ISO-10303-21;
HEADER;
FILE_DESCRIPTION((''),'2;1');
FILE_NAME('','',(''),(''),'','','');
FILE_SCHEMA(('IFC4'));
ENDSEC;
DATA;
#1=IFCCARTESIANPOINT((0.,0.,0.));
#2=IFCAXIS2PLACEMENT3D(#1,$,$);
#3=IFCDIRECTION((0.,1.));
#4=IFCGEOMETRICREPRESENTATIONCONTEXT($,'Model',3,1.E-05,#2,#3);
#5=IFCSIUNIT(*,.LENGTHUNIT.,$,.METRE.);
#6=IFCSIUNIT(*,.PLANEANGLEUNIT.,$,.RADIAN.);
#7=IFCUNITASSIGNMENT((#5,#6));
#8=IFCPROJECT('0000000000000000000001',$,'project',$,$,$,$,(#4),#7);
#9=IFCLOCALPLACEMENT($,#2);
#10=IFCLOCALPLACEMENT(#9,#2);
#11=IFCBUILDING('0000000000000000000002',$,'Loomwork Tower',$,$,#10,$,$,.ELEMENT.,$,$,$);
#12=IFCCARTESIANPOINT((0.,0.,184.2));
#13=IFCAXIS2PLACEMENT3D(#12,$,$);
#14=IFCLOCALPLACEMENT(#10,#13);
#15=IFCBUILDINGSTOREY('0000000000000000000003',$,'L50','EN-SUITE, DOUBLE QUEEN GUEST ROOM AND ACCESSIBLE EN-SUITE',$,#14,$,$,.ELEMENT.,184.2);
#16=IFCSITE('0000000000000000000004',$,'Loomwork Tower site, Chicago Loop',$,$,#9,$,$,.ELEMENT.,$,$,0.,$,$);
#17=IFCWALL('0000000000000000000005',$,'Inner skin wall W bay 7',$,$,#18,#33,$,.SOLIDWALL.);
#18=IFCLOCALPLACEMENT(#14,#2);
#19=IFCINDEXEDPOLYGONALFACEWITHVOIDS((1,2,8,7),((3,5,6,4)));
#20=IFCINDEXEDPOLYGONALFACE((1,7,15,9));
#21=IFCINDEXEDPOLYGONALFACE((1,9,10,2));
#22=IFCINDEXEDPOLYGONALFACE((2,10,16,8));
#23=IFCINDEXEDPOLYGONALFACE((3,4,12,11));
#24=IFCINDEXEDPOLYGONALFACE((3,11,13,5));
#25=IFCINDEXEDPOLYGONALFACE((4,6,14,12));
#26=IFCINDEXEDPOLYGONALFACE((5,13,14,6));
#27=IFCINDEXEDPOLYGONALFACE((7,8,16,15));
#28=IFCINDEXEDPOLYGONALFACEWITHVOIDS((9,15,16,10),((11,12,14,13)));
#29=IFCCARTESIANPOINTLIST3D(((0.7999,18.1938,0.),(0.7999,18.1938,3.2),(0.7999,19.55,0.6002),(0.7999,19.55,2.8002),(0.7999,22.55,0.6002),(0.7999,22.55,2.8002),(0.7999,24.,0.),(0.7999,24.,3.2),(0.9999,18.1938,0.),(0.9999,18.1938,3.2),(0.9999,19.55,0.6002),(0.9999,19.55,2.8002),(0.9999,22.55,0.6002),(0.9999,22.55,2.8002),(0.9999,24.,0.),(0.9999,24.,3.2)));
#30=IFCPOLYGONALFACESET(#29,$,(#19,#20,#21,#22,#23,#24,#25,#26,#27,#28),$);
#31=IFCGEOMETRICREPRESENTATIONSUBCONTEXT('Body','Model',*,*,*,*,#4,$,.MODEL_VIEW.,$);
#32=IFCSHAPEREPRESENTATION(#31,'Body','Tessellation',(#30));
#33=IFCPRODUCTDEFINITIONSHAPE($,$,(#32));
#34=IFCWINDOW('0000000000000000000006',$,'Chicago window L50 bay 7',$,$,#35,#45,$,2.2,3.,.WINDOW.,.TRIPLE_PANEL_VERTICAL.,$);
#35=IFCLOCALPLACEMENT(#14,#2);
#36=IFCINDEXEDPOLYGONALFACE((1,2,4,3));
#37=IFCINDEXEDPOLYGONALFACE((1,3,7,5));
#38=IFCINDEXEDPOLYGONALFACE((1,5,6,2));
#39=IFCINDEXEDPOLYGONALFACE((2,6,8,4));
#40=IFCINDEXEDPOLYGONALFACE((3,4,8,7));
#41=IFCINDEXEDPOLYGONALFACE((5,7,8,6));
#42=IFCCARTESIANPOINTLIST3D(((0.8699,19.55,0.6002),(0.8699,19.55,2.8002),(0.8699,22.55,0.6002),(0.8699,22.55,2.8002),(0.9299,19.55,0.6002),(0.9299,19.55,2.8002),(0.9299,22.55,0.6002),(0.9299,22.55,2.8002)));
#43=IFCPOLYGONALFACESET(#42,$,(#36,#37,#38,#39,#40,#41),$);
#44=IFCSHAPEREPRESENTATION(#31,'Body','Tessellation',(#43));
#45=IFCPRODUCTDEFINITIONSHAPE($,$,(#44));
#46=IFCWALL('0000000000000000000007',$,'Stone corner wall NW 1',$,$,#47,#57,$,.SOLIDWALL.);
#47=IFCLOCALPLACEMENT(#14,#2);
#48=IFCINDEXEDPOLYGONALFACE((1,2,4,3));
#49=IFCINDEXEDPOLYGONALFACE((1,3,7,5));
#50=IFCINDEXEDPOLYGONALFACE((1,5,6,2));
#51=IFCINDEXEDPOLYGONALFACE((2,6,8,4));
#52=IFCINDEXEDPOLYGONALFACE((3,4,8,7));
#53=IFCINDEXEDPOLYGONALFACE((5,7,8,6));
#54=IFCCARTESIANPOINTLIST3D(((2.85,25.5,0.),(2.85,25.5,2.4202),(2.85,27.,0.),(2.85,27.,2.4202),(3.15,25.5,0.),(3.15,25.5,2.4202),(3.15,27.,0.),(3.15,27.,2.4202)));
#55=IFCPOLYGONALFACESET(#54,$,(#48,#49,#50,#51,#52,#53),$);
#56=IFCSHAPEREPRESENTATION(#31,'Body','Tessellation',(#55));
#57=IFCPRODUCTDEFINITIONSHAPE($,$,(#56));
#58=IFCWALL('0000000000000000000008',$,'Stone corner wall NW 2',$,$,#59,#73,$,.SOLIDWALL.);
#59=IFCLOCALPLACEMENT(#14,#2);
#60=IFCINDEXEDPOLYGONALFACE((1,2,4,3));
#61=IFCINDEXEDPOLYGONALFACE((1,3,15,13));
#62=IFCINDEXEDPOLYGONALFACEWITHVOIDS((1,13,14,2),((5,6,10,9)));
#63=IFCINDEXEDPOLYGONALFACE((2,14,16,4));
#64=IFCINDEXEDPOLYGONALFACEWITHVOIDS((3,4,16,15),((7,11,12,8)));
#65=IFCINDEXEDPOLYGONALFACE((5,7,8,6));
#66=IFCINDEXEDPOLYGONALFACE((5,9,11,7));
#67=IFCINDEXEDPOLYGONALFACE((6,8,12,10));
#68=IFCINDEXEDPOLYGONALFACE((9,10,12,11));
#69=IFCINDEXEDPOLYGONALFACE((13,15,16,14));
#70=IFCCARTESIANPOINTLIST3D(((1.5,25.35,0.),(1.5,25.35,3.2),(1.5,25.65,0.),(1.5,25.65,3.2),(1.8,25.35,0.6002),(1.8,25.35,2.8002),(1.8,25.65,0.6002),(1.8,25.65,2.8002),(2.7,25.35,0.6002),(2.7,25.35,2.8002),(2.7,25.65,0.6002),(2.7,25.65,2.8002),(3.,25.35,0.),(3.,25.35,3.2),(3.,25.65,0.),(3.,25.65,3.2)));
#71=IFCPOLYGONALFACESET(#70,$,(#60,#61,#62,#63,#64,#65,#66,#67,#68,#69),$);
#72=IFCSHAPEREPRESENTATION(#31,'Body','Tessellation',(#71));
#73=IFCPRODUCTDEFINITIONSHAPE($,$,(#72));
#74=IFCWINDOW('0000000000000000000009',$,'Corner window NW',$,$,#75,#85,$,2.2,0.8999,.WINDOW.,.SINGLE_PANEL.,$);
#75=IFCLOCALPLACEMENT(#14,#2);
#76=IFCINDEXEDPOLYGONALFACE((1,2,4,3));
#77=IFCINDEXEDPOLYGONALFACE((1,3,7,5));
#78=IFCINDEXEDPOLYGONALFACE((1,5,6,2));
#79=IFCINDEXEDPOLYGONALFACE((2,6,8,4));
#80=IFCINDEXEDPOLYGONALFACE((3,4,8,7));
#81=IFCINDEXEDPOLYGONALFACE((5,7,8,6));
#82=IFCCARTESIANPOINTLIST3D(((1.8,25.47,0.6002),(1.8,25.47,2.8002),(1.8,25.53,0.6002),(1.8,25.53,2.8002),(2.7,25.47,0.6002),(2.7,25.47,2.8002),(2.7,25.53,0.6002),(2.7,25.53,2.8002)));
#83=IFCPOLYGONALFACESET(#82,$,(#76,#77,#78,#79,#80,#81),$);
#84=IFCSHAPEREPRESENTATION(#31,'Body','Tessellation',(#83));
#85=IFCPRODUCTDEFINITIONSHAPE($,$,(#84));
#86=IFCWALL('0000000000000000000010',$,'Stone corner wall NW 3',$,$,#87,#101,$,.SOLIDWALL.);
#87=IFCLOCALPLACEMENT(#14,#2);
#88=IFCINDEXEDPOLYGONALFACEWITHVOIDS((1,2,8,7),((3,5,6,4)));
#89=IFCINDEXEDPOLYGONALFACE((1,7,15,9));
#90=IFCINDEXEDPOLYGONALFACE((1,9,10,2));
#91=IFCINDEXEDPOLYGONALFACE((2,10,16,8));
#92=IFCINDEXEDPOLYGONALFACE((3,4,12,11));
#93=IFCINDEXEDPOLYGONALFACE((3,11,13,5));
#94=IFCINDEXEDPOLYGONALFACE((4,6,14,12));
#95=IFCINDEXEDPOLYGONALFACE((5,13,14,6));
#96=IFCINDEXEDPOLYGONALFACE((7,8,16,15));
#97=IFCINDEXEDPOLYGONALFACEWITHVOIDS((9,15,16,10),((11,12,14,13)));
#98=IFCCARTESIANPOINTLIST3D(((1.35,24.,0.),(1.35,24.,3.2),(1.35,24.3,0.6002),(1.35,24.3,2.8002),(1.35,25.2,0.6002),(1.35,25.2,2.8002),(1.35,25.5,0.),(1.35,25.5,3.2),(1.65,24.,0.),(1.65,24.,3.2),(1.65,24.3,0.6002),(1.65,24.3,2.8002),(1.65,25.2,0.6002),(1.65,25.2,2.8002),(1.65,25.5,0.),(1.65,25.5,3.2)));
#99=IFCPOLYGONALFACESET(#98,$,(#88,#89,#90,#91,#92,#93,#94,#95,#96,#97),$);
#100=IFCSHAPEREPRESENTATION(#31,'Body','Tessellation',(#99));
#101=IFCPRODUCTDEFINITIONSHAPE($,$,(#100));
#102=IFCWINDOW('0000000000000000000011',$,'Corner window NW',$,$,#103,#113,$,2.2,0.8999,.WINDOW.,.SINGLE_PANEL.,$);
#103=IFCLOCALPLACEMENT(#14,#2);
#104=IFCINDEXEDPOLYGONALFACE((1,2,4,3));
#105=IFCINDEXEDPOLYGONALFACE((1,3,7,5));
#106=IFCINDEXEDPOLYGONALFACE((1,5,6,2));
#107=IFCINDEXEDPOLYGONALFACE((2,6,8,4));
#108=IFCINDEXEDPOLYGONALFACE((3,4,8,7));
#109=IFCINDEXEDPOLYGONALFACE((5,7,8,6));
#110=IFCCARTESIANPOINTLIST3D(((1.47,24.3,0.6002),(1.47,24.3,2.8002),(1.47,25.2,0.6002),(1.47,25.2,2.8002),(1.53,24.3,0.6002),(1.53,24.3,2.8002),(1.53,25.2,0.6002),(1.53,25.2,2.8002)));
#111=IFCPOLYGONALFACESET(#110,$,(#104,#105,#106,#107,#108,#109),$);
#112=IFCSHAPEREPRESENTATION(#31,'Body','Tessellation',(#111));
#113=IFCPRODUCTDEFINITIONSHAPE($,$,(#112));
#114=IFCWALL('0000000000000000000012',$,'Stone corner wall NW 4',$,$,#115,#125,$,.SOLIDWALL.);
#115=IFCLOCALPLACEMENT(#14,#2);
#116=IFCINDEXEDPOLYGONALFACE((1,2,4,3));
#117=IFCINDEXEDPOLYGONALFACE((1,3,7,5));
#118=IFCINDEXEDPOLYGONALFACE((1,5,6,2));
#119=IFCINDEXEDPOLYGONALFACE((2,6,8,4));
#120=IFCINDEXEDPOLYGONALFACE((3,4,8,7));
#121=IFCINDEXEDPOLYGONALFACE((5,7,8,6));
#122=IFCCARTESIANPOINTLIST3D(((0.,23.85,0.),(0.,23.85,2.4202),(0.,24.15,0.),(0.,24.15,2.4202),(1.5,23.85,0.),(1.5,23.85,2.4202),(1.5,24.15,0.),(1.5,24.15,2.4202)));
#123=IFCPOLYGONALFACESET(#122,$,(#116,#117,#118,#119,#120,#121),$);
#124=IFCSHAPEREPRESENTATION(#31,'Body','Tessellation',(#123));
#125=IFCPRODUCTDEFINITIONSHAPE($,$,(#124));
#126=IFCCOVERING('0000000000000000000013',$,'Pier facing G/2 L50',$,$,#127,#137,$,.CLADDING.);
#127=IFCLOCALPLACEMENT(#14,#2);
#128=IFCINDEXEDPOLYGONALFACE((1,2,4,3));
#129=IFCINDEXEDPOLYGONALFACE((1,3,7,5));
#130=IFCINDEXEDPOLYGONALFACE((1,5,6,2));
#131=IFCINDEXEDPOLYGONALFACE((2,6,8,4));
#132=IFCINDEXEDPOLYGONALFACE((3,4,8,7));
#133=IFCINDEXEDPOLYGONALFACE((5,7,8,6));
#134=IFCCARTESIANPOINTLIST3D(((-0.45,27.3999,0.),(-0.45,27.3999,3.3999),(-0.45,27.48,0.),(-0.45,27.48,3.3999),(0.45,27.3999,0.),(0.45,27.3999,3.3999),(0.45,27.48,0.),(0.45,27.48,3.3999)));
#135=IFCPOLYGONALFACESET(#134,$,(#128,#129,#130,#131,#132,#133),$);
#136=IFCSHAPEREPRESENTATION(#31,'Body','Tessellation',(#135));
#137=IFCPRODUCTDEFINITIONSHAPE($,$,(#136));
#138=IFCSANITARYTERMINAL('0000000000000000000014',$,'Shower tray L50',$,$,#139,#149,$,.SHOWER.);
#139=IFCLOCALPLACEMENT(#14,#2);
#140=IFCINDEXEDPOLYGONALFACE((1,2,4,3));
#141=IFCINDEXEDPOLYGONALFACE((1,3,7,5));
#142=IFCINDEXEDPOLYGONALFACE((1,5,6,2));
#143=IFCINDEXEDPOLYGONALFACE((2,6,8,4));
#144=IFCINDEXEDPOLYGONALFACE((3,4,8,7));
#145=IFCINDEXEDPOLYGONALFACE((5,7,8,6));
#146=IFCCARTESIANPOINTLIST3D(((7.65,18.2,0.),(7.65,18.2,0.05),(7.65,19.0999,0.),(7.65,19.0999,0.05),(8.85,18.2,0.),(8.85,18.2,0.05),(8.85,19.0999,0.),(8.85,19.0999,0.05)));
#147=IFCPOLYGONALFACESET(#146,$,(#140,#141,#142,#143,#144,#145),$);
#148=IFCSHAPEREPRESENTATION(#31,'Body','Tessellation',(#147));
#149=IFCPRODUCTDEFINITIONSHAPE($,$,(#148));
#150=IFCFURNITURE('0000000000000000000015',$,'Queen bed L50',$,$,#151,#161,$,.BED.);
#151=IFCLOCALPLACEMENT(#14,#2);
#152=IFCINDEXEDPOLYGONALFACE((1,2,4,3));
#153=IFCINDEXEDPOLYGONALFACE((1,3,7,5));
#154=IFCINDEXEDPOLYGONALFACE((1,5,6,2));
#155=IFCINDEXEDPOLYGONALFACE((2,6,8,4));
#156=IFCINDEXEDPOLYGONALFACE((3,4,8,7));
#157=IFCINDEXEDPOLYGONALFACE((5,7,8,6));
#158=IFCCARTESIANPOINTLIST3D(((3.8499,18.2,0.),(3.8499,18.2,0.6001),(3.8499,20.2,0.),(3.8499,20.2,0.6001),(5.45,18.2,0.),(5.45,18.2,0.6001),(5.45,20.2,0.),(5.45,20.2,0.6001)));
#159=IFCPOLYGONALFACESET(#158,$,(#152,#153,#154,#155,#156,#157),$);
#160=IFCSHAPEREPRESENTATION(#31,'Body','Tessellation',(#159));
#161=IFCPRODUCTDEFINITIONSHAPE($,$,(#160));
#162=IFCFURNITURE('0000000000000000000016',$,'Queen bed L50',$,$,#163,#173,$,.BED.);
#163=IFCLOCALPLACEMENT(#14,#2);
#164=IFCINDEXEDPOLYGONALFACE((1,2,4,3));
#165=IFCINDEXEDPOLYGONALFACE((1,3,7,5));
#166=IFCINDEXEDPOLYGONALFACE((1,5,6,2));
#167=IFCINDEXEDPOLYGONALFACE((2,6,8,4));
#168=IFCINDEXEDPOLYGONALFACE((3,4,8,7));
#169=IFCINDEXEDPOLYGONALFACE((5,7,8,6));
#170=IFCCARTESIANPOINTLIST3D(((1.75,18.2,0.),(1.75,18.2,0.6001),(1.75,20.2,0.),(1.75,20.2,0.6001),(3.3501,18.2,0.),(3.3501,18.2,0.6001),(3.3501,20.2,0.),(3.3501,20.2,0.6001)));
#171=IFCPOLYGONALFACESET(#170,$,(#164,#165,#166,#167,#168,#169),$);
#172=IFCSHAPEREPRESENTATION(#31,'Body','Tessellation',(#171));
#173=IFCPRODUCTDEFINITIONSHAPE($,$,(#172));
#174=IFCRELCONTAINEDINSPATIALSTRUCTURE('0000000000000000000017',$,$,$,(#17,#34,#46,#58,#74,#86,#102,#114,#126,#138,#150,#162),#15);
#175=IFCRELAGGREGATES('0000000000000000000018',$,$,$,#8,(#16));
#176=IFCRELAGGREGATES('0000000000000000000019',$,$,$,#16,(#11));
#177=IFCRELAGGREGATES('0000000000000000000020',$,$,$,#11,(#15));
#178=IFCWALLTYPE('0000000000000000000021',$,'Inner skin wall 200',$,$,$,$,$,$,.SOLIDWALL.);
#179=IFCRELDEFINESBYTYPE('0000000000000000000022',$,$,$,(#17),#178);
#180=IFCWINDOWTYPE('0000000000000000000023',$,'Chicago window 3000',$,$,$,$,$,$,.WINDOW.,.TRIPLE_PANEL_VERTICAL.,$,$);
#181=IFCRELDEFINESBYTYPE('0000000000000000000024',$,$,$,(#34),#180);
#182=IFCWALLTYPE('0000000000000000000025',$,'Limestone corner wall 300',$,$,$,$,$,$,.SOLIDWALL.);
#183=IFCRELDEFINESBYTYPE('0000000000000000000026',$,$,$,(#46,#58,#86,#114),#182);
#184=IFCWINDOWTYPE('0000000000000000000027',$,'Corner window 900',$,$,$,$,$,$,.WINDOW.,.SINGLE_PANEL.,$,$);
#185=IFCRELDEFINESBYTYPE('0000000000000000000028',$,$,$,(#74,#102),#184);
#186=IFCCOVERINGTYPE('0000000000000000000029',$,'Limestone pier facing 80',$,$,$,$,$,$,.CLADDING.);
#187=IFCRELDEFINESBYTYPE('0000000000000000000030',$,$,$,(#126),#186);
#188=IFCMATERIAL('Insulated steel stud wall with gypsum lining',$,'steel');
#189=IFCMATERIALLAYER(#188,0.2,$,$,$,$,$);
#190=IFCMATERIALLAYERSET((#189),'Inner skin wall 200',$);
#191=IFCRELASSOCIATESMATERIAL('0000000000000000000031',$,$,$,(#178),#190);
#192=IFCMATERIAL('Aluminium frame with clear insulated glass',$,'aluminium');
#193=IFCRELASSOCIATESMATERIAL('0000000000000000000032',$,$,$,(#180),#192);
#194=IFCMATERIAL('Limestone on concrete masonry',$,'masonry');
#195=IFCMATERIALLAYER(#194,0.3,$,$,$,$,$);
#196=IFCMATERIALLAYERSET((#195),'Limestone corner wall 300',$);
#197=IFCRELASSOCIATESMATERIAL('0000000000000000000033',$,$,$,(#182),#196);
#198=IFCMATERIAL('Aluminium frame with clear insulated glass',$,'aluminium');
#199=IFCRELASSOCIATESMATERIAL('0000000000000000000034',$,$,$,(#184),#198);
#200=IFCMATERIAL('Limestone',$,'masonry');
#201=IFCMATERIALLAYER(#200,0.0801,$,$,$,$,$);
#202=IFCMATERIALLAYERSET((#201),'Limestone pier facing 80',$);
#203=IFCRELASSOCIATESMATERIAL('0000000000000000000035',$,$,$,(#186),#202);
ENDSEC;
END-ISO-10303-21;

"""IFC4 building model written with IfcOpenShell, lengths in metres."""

from ifc_helpers import new_model, si_unit, direction, frame, frame_2d, origin, origin_2d, place, context, subcontext, project, spatial, rectangle, extrude, material, layer, layer_set, type_object, element, fill, save


model = new_model("IFC4")

# Units and contexts
model_context = context("Model", 3, precision=1e-05, world=origin(), true_north=direction((0.0, 1.0)))
body_context = subcontext(model_context, "Body", "Model", "MODEL_VIEW")
ifc_project = project(units=[si_unit("LENGTHUNIT", "METRE"), si_unit("PLANEANGLEUNIT", "RADIAN")], contexts=[model_context])

# Site, building, storey
site_placement = place(None, origin())
site = spatial("IfcSite", under=ifc_project, at=site_placement, Name="Loomwork Tower site, Chicago Loop", CompositionType="ELEMENT", RefElevation=0.0)
building_placement = place(site_placement, origin())
building = spatial("IfcBuilding", under=site, at=building_placement, Name="Loomwork Tower", CompositionType="ELEMENT")
storey_placement = place(building_placement, frame((0.0, 0.0, 184.2)))
storey = spatial("IfcBuildingStorey", under=building, at=storey_placement, Name="L50", Description="EN-SUITE, DOUBLE QUEEN GUEST ROOM AND ACCESSIBLE EN-SUITE", CompositionType="ELEMENT", Elevation=184.2)

# Wall, opening, window
ifc_material_1 = material(Name="Insulated steel stud wall with gypsum lining", Category="steel")
ifc_layer_1 = layer(ifc_material_1, 0.2)
ifc_layer_set_1 = layer_set([ifc_layer_1], Name="Inner skin wall 200")
wall_type_1 = type_object("IfcWallType", Name="Inner skin wall 200", PredefinedType="SOLIDWALL", material=ifc_layer_set_1)
wall_1_placement = place(storey_placement, frame((0.8999, 18.1938, 0.0), z_axis=(0.0, 0.0, 1.0), x_axis=(0.0, 1.0, 0.0)))
wall_1 = element("IfcWall", 1, at=wall_1_placement, inside=storey, type_object=wall_type_1, Name="Inner skin wall W bay 7", PredefinedType="SOLIDWALL", context=body_context, shape_type="SweptSolid", body=[
    extrude(rectangle(XDim=5.8062, YDim=0.2, at=frame_2d((2.9031, 0.0))), origin(), (0.0, 0.0, 1.0), 3.2),
])
opening_1_placement = place(wall_1_placement, frame((1.3562, 0.0, 0.6001)))
opening_1 = element("IfcOpeningElement", 2, at=opening_1_placement, cuts=wall_1, PredefinedType="OPENING", context=body_context, shape_type="SweptSolid", body=[
    extrude(rectangle(XDim=3.0, YDim=2.2, at=frame_2d((1.5, 1.1001))), frame((0.0, 0.1099, 0.0), z_axis=(0.0, -1.0, 0.0), x_axis=(1.0, 0.0, 0.0)), (0.0, 0.0, 1.0), 0.22),
])
ifc_material_2 = material(Name="Aluminium frame with clear insulated glass", Category="aluminium")
window_type_1 = type_object("IfcWindowType", Name="Chicago window 3000", PartitioningType="TRIPLE_PANEL_VERTICAL", PredefinedType="WINDOW", material=ifc_material_2)
window_1_placement = place(opening_1_placement, origin())
window_1 = element("IfcWindow", 3, at=window_1_placement, inside=storey, type_object=window_type_1, Name="Chicago window L50 bay 7", OverallHeight=2.2, OverallWidth=3.0, PartitioningType="TRIPLE_PANEL_VERTICAL", PredefinedType="WINDOW", context=body_context, shape_type="SweptSolid", body=[
    extrude(rectangle(XDim=3.0, YDim=2.2, at=frame_2d((1.5, 1.1001))), frame((0.0, 0.03, 0.0), z_axis=(0.0, -1.0, 0.0), x_axis=(1.0, 0.0, 0.0)), (0.0, 0.0, 1.0), 0.0601),
])
fill(opening_1, window_1)

# Wall
ifc_material_3 = material(Name="Limestone on concrete masonry", Category="masonry")
ifc_layer_2 = layer(ifc_material_3, 0.3)
ifc_layer_set_2 = layer_set([ifc_layer_2], Name="Limestone corner wall 300")
wall_type_2 = type_object("IfcWallType", Name="Limestone corner wall 300", PredefinedType="SOLIDWALL", material=ifc_layer_set_2)
wall_2_placement = place(storey_placement, frame((3.0, 27.0, 0.0), z_axis=(0.0, 0.0, 1.0), x_axis=(0.0, -1.0, 0.0)))
element("IfcWall", 4, at=wall_2_placement, inside=storey, type_object=wall_type_2, Name="Stone corner wall NW 1", PredefinedType="SOLIDWALL", context=body_context, shape_type="SweptSolid", body=[
    extrude(rectangle(XDim=1.5, YDim=0.3, at=frame_2d((0.75, 0.0))), origin(), (0.0, 0.0, 1.0), 2.4202),
])

# Walls, openings, windows
wall_3_placement = place(storey_placement, frame((3.0, 25.5, 0.0), z_axis=(0.0, 0.0, 1.0), x_axis=(-1.0, 0.0, 0.0)))
wall_3 = element("IfcWall", 5, at=wall_3_placement, inside=storey, type_object=wall_type_2, Name="Stone corner wall NW 2", PredefinedType="SOLIDWALL", context=body_context, shape_type="SweptSolid", body=[
    extrude(rectangle(XDim=1.5, YDim=0.3, at=frame_2d((0.75, 0.0))), origin(), (0.0, 0.0, 1.0), 3.2),
])
opening_2_placement = place(wall_3_placement, frame((0.3, 0.0, 0.6001)))
opening_2 = element("IfcOpeningElement", 6, at=opening_2_placement, cuts=wall_3, PredefinedType="OPENING", context=body_context, shape_type="SweptSolid", body=[
    extrude(rectangle(XDim=0.8999, YDim=2.2, at=frame_2d((0.45, 1.1001))), frame((0.0, 0.1599, 0.0), z_axis=(0.0, -1.0, 0.0), x_axis=(1.0, 0.0, 0.0)), (0.0, 0.0, 1.0), 0.3201),
])
ifc_material_4 = material(Name="Aluminium frame with clear insulated glass", Category="aluminium")
window_type_2 = type_object("IfcWindowType", Name="Corner window 900", PartitioningType="SINGLE_PANEL", PredefinedType="WINDOW", material=ifc_material_4)
window_2_placement = place(opening_2_placement, origin())
window_2 = element("IfcWindow", 7, at=window_2_placement, inside=storey, type_object=window_type_2, Name="Corner window NW", OverallHeight=2.2, OverallWidth=0.8999, PartitioningType="SINGLE_PANEL", PredefinedType="WINDOW", context=body_context, shape_type="SweptSolid", body=[
    extrude(rectangle(XDim=0.8999, YDim=2.2, at=frame_2d((0.45, 1.1001))), frame((0.0, 0.03, 0.0), z_axis=(0.0, -1.0, 0.0), x_axis=(1.0, 0.0, 0.0)), (0.0, 0.0, 1.0), 0.0601),
])
fill(opening_2, window_2)
wall_4_placement = place(storey_placement, frame((1.5, 25.5, 0.0), z_axis=(0.0, 0.0, 1.0), x_axis=(0.0, -1.0, 0.0)))
wall_4 = element("IfcWall", 8, at=wall_4_placement, inside=storey, type_object=wall_type_2, Name="Stone corner wall NW 3", PredefinedType="SOLIDWALL", context=body_context, shape_type="SweptSolid", body=[
    extrude(rectangle(XDim=1.5, YDim=0.3, at=frame_2d((0.75, 0.0))), origin(), (0.0, 0.0, 1.0), 3.2),
])
opening_3_placement = place(wall_4_placement, frame((0.3, 0.0, 0.6001)))
opening_3 = element("IfcOpeningElement", 9, at=opening_3_placement, cuts=wall_4, PredefinedType="OPENING", context=body_context, shape_type="SweptSolid", body=[
    extrude(rectangle(XDim=0.8999, YDim=2.2, at=frame_2d((0.45, 1.1001))), frame((0.0, 0.1599, 0.0), z_axis=(0.0, -1.0, 0.0), x_axis=(1.0, 0.0, 0.0)), (0.0, 0.0, 1.0), 0.3201),
])
window_3_placement = place(opening_3_placement, origin())
window_3 = element("IfcWindow", 10, at=window_3_placement, inside=storey, type_object=window_type_2, Name="Corner window NW", OverallHeight=2.2, OverallWidth=0.8999, PartitioningType="SINGLE_PANEL", PredefinedType="WINDOW", context=body_context, shape_type="SweptSolid", body=[
    extrude(rectangle(XDim=0.8999, YDim=2.2, at=frame_2d((0.45, 1.1001))), frame((0.0, 0.03, 0.0), z_axis=(0.0, -1.0, 0.0), x_axis=(1.0, 0.0, 0.0)), (0.0, 0.0, 1.0), 0.0601),
])
fill(opening_3, window_3)

# Wall
wall_5_placement = place(storey_placement, frame((1.5, 24.0, 0.0), z_axis=(0.0, 0.0, 1.0), x_axis=(-1.0, 0.0, 0.0)))
element("IfcWall", 11, at=wall_5_placement, inside=storey, type_object=wall_type_2, Name="Stone corner wall NW 4", PredefinedType="SOLIDWALL", context=body_context, shape_type="SweptSolid", body=[
    extrude(rectangle(XDim=1.5, YDim=0.3, at=frame_2d((0.75, 0.0))), origin(), (0.0, 0.0, 1.0), 2.4202),
])

# Covering
ifc_material_5 = material(Name="Limestone", Category="masonry")
ifc_layer_3 = layer(ifc_material_5, 0.0801)
ifc_layer_set_3 = layer_set([ifc_layer_3], Name="Limestone pier facing 80")
covering_type = type_object("IfcCoveringType", Name="Limestone pier facing 80", PredefinedType="CLADDING", material=ifc_layer_set_3)
covering_placement = place(storey_placement, frame((0.0, 27.4399, 0.0), z_axis=(0.0, 0.0, 1.0), x_axis=(1.0, 0.0, 0.0)))
element("IfcCovering", 12, at=covering_placement, inside=storey, type_object=covering_type, Name="Pier facing G/2 L50", PredefinedType="CLADDING", context=body_context, shape_type="SweptSolid", body=[
    extrude(rectangle(XDim=0.8999, YDim=0.0801, at=origin_2d()), origin(), (0.0, 0.0, 1.0), 3.3999),
])

# Sanitary terminal
sanitary_terminal_placement = place(storey_placement, frame((8.25, 18.6499, 0.0), z_axis=(0.0, 0.0, 1.0), x_axis=(1.0, 0.0, 0.0)))
element("IfcSanitaryTerminal", 13, at=sanitary_terminal_placement, inside=storey, Name="Shower tray L50", PredefinedType="SHOWER", context=body_context, shape_type="SweptSolid", body=[
    extrude(rectangle(XDim=1.2, YDim=0.8999, at=origin_2d()), origin(), (0.0, 0.0, 1.0), 0.05),
])

# Furniture
for number, where, z_axis, x_axis, name in (
    (14, (4.6499, 19.2, 0.0), (0.0, 0.0, 1.0), (1.0, 0.0, 0.0), "Queen bed L50"),
    (15, (2.55, 19.2, 0.0), (0.0, 0.0, 1.0), (1.0, 0.0, 0.0), "Queen bed L50"),
):
    element("IfcFurniture", number, at=place(storey_placement, frame(where, z_axis=z_axis, x_axis=x_axis)), inside=storey, Name=name, PredefinedType="BED", context=body_context, shape_type="SweptSolid", body=[
        extrude(rectangle(XDim=1.6001, YDim=2.0, at=origin_2d()), origin(), (0.0, 0.0, 1.0), 0.6001),
    ])

save(model, "model.ifc")
